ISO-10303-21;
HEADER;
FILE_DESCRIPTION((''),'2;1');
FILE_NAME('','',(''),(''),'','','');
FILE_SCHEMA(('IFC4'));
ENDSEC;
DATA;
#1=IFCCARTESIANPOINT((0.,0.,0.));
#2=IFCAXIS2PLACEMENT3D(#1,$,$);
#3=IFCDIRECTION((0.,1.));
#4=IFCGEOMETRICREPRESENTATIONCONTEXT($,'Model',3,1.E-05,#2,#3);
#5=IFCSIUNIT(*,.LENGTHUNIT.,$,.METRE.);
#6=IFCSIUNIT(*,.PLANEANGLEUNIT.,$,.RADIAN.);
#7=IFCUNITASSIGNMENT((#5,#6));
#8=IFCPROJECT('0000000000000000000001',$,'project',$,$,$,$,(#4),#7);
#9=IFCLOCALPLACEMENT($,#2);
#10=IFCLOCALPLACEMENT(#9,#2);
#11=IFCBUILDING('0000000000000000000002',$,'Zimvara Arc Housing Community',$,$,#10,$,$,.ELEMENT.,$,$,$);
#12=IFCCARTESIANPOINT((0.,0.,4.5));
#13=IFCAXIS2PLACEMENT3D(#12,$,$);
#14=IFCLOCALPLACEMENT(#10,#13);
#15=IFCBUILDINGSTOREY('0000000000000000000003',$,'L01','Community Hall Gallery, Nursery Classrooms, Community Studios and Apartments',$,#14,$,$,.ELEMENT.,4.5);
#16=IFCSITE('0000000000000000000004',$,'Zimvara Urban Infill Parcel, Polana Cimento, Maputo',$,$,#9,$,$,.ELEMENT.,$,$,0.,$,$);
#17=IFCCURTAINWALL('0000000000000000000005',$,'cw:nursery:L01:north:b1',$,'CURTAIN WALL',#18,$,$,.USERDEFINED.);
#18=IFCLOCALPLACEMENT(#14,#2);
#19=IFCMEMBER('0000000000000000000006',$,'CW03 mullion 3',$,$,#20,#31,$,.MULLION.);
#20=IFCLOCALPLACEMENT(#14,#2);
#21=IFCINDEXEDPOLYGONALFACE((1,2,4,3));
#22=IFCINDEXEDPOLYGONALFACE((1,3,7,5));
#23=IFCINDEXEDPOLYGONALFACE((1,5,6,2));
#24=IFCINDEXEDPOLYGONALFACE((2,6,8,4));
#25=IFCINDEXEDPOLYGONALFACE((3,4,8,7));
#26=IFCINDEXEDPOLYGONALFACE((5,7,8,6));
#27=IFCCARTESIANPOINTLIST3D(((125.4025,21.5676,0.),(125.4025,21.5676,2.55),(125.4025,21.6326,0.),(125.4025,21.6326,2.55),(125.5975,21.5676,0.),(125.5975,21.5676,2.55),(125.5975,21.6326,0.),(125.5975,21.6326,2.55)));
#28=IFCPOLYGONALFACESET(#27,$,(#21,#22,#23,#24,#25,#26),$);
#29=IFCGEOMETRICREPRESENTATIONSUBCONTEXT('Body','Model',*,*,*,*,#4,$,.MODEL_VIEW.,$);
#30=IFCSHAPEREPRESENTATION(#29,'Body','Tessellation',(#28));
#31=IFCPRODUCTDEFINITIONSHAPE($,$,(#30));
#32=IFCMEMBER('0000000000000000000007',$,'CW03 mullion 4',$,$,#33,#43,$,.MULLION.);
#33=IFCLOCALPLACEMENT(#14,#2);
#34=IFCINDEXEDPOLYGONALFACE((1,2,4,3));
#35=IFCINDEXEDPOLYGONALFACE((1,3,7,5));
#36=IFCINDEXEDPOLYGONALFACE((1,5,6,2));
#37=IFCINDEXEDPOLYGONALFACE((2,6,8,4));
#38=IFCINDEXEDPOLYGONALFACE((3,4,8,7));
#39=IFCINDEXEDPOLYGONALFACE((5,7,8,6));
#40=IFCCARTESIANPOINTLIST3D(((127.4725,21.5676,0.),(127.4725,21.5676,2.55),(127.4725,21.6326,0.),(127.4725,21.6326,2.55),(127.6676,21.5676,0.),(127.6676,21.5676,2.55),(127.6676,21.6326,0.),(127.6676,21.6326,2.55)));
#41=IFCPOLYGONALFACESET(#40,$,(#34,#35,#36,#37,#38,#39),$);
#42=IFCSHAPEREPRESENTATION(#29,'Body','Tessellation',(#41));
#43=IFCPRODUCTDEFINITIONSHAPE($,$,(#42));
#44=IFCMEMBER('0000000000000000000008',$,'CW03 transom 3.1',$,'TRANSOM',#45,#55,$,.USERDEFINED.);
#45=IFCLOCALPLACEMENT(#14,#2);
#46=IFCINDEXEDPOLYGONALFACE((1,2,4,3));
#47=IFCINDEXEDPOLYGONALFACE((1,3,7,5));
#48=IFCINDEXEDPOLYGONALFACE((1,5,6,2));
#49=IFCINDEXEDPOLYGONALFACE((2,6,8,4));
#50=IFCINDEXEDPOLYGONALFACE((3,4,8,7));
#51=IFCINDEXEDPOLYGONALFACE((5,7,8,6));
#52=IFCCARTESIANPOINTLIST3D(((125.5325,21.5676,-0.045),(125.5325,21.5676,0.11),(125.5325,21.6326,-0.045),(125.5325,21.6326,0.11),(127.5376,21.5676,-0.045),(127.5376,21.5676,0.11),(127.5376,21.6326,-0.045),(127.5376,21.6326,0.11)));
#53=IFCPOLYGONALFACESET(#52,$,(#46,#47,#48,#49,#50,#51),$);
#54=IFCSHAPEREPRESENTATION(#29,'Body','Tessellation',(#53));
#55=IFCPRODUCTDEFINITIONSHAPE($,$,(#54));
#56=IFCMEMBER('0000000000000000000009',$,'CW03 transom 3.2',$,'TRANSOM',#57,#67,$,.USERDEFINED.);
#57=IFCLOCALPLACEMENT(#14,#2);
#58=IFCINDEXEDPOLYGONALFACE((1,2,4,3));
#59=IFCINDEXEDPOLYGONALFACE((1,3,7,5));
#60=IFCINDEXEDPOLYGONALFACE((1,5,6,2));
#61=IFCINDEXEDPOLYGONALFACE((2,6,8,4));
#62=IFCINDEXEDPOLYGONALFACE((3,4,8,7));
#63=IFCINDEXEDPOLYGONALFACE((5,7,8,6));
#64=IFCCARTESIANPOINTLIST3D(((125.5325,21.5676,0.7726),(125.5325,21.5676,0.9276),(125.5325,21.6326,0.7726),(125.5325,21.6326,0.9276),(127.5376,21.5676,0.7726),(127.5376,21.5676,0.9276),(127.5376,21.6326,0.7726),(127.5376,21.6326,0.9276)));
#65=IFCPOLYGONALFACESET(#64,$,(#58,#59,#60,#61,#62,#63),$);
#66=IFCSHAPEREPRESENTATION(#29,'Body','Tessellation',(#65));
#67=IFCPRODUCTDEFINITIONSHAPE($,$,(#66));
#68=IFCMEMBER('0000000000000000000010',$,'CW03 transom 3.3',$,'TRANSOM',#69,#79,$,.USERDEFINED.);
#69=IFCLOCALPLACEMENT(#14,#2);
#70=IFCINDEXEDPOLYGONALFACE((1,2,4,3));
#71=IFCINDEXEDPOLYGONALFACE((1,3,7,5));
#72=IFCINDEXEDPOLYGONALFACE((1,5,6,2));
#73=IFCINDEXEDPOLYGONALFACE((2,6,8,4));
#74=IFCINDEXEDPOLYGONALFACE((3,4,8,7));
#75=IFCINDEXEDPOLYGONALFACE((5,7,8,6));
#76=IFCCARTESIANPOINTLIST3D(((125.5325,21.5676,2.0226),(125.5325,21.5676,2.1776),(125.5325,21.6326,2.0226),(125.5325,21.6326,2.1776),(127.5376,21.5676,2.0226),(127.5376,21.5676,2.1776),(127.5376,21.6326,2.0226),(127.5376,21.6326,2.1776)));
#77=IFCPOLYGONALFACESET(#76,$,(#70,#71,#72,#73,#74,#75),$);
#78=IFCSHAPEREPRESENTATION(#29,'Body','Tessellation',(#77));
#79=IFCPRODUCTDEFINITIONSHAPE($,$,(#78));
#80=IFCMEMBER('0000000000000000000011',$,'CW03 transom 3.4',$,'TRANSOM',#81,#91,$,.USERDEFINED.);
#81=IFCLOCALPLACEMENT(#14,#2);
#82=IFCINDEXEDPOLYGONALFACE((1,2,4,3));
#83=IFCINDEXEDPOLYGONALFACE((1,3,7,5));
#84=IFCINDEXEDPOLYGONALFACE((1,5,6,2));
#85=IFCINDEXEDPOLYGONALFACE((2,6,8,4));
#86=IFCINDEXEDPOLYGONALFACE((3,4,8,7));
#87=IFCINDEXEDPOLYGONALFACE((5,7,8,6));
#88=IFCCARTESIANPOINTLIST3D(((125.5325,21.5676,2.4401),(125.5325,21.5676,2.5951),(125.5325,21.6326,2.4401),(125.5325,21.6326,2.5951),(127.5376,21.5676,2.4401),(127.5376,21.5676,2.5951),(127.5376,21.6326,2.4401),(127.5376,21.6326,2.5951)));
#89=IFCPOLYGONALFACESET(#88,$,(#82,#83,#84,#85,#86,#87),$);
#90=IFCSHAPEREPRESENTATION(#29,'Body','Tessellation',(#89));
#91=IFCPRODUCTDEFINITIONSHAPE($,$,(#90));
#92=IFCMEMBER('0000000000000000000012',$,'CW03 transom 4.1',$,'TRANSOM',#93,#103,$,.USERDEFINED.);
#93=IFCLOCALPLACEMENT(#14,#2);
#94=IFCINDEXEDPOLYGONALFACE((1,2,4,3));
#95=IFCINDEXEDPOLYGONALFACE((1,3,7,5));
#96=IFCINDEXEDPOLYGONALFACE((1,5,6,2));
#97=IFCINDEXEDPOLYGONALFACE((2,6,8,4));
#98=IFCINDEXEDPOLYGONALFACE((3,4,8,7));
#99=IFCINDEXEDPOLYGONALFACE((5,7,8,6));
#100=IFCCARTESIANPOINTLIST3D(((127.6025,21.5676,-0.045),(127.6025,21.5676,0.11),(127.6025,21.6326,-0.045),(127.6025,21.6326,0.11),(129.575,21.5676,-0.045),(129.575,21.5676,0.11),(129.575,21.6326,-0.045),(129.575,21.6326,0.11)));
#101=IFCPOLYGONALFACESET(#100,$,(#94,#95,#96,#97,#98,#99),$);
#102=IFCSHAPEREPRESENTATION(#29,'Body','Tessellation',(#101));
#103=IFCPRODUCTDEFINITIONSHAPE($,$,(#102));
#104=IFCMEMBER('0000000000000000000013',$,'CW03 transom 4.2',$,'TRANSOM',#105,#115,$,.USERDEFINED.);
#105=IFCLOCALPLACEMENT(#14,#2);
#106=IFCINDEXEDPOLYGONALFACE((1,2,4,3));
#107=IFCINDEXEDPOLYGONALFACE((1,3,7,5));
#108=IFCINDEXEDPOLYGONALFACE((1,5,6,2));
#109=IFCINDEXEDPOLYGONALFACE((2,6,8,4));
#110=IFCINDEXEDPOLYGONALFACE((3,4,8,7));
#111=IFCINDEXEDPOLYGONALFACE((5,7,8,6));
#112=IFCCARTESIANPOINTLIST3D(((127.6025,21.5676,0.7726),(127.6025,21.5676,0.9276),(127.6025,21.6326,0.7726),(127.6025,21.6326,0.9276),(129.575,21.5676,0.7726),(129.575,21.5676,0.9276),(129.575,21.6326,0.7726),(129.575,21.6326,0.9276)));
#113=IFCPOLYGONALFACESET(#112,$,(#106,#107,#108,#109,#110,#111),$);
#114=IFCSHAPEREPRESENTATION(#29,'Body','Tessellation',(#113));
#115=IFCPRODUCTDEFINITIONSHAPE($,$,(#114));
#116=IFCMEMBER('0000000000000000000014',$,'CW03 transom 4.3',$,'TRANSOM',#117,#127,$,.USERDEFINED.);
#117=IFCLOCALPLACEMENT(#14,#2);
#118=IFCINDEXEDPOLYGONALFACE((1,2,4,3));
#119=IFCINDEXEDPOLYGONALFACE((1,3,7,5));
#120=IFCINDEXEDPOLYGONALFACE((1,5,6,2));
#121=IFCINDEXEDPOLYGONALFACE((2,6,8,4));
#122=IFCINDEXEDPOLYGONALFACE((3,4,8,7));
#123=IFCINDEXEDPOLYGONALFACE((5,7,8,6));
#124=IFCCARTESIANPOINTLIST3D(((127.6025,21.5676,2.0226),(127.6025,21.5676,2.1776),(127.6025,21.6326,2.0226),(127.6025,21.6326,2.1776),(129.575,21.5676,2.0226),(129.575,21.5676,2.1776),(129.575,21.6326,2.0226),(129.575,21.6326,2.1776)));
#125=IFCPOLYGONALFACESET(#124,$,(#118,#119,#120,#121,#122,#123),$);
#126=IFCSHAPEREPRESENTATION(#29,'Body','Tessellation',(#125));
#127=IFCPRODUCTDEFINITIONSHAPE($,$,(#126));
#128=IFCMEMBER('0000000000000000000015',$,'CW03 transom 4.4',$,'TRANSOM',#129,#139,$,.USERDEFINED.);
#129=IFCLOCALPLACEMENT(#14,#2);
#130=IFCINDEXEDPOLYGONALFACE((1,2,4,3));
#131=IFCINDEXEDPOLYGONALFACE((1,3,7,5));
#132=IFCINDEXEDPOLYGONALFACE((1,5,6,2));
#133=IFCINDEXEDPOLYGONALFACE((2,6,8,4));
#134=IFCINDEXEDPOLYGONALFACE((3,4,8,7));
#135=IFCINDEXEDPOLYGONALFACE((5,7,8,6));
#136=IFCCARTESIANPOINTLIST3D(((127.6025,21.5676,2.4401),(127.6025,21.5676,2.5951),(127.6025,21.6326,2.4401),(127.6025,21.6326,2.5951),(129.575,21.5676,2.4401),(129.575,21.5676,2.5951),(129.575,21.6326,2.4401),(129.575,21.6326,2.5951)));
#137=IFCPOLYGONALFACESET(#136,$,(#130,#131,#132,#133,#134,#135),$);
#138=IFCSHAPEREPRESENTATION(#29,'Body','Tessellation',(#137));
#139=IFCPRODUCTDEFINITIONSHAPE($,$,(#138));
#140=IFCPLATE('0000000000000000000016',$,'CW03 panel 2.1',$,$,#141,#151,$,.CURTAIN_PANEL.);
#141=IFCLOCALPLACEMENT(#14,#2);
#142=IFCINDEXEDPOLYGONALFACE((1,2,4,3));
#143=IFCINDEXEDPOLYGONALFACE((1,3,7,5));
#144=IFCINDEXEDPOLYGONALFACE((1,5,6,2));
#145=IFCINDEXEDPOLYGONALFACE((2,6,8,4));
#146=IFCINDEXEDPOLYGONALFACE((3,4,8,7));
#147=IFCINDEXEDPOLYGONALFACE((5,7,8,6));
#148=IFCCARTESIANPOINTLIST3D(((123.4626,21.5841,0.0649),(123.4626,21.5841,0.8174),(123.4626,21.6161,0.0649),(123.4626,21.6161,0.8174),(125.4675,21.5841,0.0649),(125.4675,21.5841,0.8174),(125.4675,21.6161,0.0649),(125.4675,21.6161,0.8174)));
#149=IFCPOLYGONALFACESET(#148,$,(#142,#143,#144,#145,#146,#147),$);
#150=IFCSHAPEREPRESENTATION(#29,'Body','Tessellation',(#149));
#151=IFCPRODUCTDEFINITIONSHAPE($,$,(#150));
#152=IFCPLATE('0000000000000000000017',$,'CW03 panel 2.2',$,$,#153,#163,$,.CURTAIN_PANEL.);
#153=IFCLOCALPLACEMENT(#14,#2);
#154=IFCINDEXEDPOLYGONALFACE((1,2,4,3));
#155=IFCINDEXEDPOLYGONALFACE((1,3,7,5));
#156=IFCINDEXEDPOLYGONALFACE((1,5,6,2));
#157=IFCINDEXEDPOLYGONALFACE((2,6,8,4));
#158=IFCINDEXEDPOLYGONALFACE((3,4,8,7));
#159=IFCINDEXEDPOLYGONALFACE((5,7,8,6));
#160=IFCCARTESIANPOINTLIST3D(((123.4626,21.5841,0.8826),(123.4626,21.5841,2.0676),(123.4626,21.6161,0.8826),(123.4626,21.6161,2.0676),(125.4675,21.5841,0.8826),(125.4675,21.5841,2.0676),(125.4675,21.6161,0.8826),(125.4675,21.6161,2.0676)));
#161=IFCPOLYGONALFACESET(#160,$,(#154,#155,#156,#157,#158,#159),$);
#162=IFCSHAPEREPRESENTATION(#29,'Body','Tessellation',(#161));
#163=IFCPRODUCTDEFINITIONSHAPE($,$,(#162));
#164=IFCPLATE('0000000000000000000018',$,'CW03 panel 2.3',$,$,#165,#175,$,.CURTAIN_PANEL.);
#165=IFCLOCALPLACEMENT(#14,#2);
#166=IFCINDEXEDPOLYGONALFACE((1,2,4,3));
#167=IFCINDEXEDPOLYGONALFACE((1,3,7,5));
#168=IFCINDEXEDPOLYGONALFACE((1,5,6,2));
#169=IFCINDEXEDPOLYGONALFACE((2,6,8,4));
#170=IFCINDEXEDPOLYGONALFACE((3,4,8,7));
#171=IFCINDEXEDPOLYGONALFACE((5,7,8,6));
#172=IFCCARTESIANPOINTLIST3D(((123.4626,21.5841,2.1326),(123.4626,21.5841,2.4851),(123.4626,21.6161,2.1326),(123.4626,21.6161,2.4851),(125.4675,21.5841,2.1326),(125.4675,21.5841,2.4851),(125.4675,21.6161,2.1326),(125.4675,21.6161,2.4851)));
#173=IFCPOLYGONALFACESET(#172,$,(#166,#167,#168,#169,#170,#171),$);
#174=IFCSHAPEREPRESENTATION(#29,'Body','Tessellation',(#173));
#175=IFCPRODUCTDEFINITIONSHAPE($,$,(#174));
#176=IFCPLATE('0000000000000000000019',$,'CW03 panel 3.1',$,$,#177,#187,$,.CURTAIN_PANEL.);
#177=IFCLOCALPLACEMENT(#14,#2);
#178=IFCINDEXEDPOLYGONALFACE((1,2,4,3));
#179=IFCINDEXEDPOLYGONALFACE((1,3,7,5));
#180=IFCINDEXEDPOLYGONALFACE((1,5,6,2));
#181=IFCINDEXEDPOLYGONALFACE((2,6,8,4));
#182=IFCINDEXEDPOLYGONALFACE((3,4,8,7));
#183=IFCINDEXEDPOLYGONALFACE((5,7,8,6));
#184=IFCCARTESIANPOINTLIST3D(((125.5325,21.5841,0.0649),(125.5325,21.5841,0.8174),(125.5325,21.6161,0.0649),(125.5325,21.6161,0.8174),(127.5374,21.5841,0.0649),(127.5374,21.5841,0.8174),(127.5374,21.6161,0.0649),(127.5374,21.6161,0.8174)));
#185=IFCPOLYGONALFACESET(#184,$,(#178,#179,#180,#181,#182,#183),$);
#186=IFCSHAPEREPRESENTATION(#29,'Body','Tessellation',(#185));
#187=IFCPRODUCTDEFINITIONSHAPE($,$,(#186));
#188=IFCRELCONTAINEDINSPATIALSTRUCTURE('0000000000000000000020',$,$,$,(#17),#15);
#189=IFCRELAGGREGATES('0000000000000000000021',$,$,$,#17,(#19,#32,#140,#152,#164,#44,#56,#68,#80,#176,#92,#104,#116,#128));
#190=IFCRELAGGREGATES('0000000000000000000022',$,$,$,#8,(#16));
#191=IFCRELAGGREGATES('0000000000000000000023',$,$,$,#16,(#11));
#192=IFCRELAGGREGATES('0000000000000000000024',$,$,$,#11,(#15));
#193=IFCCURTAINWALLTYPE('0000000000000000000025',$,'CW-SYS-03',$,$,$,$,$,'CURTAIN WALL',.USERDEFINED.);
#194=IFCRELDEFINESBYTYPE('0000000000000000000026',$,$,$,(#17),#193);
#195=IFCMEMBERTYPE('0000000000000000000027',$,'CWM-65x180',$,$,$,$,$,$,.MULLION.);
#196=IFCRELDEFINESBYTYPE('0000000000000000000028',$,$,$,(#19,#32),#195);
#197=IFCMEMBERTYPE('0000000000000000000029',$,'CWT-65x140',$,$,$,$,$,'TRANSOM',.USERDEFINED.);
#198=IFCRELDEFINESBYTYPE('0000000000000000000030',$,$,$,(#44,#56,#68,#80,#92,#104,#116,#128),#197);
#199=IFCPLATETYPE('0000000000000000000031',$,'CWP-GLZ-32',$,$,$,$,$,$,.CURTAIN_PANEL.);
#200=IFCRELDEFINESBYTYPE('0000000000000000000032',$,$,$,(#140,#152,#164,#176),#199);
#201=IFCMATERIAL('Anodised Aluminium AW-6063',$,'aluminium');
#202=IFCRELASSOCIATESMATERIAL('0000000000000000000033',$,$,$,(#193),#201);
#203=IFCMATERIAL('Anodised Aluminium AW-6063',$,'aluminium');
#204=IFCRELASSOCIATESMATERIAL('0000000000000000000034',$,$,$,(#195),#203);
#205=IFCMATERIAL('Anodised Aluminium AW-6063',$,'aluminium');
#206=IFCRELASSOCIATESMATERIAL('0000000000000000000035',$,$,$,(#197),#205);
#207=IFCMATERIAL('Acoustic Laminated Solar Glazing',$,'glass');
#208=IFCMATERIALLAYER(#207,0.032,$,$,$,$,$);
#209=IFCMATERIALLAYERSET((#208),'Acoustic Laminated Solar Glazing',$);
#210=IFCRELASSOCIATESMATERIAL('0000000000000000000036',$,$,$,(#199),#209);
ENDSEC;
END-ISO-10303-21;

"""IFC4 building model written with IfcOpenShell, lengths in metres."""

from ifc_helpers import new_model, si_unit, direction, frame, origin, origin_2d, place, context, subcontext, project, spatial, rectangle, extrude, material, layer, layer_set, material_profile, profile_set, type_object, element, aggregate, save


model = new_model("IFC4")

# Units and contexts
model_context = context("Model", 3, precision=1e-05, world=origin(), true_north=direction((0.0, 1.0)))
body_context = subcontext(model_context, "Body", "Model", "MODEL_VIEW")
ifc_project = project(units=[si_unit("LENGTHUNIT", "METRE"), si_unit("PLANEANGLEUNIT", "RADIAN")], contexts=[model_context])

# Site, building, storey
site_placement = place(None, origin())
site = spatial("IfcSite", under=ifc_project, at=site_placement, Name="Zimvara Urban Infill Parcel, Polana Cimento, Maputo", CompositionType="ELEMENT", RefElevation=0.0)
building_placement = place(site_placement, origin())
building = spatial("IfcBuilding", under=site, at=building_placement, Name="Zimvara Arc Housing Community", CompositionType="ELEMENT")
storey_placement = place(building_placement, frame((0.0, 0.0, 4.5)))
storey = spatial("IfcBuildingStorey", under=building, at=storey_placement, Name="L01", Description="Community Hall Gallery, Nursery Classrooms, Community Studios and Apartments", CompositionType="ELEMENT", Elevation=4.5)

# Curtain wall, members, plates
ifc_material_1 = material(Name="Anodised Aluminium AW-6063", Category="aluminium")
curtain_wall_type = type_object("IfcCurtainWallType", Name="CW-SYS-03", ElementType="CURTAIN WALL", PredefinedType="USERDEFINED", material=ifc_material_1)
curtain_wall_placement = place(storey_placement, origin())
curtain_wall = element("IfcCurtainWall", 1, at=curtain_wall_placement, inside=storey, type_object=curtain_wall_type, Name="cw:nursery:L01:north:b1", ObjectType="CURTAIN WALL", PredefinedType="USERDEFINED")
ifc_material_2 = material(Name="Anodised Aluminium AW-6063", Category="aluminium")
ifc_material_profile_1 = material_profile(ifc_material_2, rectangle(XDim=0.0649, YDim=0.1951, at=origin_2d()), Name="ALU 65x195")
ifc_profile_set_1 = profile_set([ifc_material_profile_1], Name="Anodised Aluminium AW-6063")
member_type_1 = type_object("IfcMemberType", Name="CWM-65x180", PredefinedType="MULLION", material=ifc_profile_set_1)
member_1_placement = place(storey_placement, frame((125.5, 21.6001, 0.0), z_axis=(0.0, 0.0, 1.0), x_axis=(0.0, 1.0, 0.0)))
member_1 = element("IfcMember", 2, at=member_1_placement, type_object=member_type_1, Name="CW03 mullion 3", PredefinedType="MULLION", context=body_context, shape_type="SweptSolid", body=[
    extrude(rectangle(XDim=0.0649, YDim=0.1951, at=origin_2d()), origin(), (0.0, 0.0, 1.0), 2.55),
])
member_2_placement = place(storey_placement, frame((127.5701, 21.6001, 0.0), z_axis=(0.0, 0.0, 1.0), x_axis=(0.0, 1.0, 0.0)))
member_2 = element("IfcMember", 3, at=member_2_placement, type_object=member_type_1, Name="CW03 mullion 4", PredefinedType="MULLION", context=body_context, shape_type="SweptSolid", body=[
    extrude(rectangle(XDim=0.0649, YDim=0.1951, at=origin_2d()), origin(), (0.0, 0.0, 1.0), 2.55),
])
ifc_material_3 = material(Name="Anodised Aluminium AW-6063", Category="aluminium")
ifc_material_profile_2 = material_profile(ifc_material_3, rectangle(XDim=0.0649, YDim=0.155, at=origin_2d()), Name="ALU 65x155")
ifc_profile_set_2 = profile_set([ifc_material_profile_2], Name="Anodised Aluminium AW-6063")
member_type_2 = type_object("IfcMemberType", Name="CWT-65x140", ElementType="TRANSOM", PredefinedType="USERDEFINED", material=ifc_profile_set_2)
member_3_placement = place(storey_placement, frame((125.5325, 21.6001, 0.0325), z_axis=(1.0, 0.0, 0.0), x_axis=(0.0, 1.0, 0.0)))
member_3 = element("IfcMember", 4, at=member_3_placement, type_object=member_type_2, Name="CW03 transom 3.1", ObjectType="TRANSOM", PredefinedType="USERDEFINED", context=body_context, shape_type="SweptSolid", body=[
    extrude(rectangle(XDim=0.0649, YDim=0.155, at=origin_2d()), origin(), (0.0, 0.0, 1.0), 2.0051),
])
member_4_placement = place(storey_placement, frame((125.5325, 21.6001, 0.8501), z_axis=(1.0, 0.0, 0.0), x_axis=(0.0, 1.0, 0.0)))
member_4 = element("IfcMember", 5, at=member_4_placement, type_object=member_type_2, Name="CW03 transom 3.2", ObjectType="TRANSOM", PredefinedType="USERDEFINED", context=body_context, shape_type="SweptSolid", body=[
    extrude(rectangle(XDim=0.0649, YDim=0.155, at=origin_2d()), origin(), (0.0, 0.0, 1.0), 2.0051),
])
member_5_placement = place(storey_placement, frame((125.5325, 21.6001, 2.1001), z_axis=(1.0, 0.0, 0.0), x_axis=(0.0, 1.0, 0.0)))
member_5 = element("IfcMember", 6, at=member_5_placement, type_object=member_type_2, Name="CW03 transom 3.3", ObjectType="TRANSOM", PredefinedType="USERDEFINED", context=body_context, shape_type="SweptSolid", body=[
    extrude(rectangle(XDim=0.0649, YDim=0.155, at=origin_2d()), origin(), (0.0, 0.0, 1.0), 2.0051),
])
member_6_placement = place(storey_placement, frame((125.5325, 21.6001, 2.5176), z_axis=(1.0, 0.0, 0.0), x_axis=(0.0, 1.0, 0.0)))
member_6 = element("IfcMember", 7, at=member_6_placement, type_object=member_type_2, Name="CW03 transom 3.4", ObjectType="TRANSOM", PredefinedType="USERDEFINED", context=body_context, shape_type="SweptSolid", body=[
    extrude(rectangle(XDim=0.0649, YDim=0.155, at=origin_2d()), origin(), (0.0, 0.0, 1.0), 2.0051),
])
member_7_placement = place(storey_placement, frame((127.6025, 21.6001, 0.0325), z_axis=(1.0, 0.0, 0.0), x_axis=(0.0, 1.0, 0.0)))
member_7 = element("IfcMember", 8, at=member_7_placement, type_object=member_type_2, Name="CW03 transom 4.1", ObjectType="TRANSOM", PredefinedType="USERDEFINED", context=body_context, shape_type="SweptSolid", body=[
    extrude(rectangle(XDim=0.0649, YDim=0.155, at=origin_2d()), origin(), (0.0, 0.0, 1.0), 1.9724),
])
member_8_placement = place(storey_placement, frame((127.6025, 21.6001, 0.8501), z_axis=(1.0, 0.0, 0.0), x_axis=(0.0, 1.0, 0.0)))
member_8 = element("IfcMember", 9, at=member_8_placement, type_object=member_type_2, Name="CW03 transom 4.2", ObjectType="TRANSOM", PredefinedType="USERDEFINED", context=body_context, shape_type="SweptSolid", body=[
    extrude(rectangle(XDim=0.0649, YDim=0.155, at=origin_2d()), origin(), (0.0, 0.0, 1.0), 1.9724),
])
member_9_placement = place(storey_placement, frame((127.6025, 21.6001, 2.1001), z_axis=(1.0, 0.0, 0.0), x_axis=(0.0, 1.0, 0.0)))
member_9 = element("IfcMember", 10, at=member_9_placement, type_object=member_type_2, Name="CW03 transom 4.3", ObjectType="TRANSOM", PredefinedType="USERDEFINED", context=body_context, shape_type="SweptSolid", body=[
    extrude(rectangle(XDim=0.0649, YDim=0.155, at=origin_2d()), origin(), (0.0, 0.0, 1.0), 1.9724),
])
member_10_placement = place(storey_placement, frame((127.6025, 21.6001, 2.5176), z_axis=(1.0, 0.0, 0.0), x_axis=(0.0, 1.0, 0.0)))
member_10 = element("IfcMember", 11, at=member_10_placement, type_object=member_type_2, Name="CW03 transom 4.4", ObjectType="TRANSOM", PredefinedType="USERDEFINED", context=body_context, shape_type="SweptSolid", body=[
    extrude(rectangle(XDim=0.0649, YDim=0.155, at=origin_2d()), origin(), (0.0, 0.0, 1.0), 1.9724),
])
ifc_material_4 = material(Name="Acoustic Laminated Solar Glazing", Category="glass")
ifc_layer_1 = layer(ifc_material_4, 0.032)
ifc_layer_set_1 = layer_set([ifc_layer_1], Name="Acoustic Laminated Solar Glazing")
plate_type = type_object("IfcPlateType", Name="CWP-GLZ-32", PredefinedType="CURTAIN_PANEL", material=ifc_layer_set_1)
plate_1_placement = place(storey_placement, frame((124.4651, 21.6001, 0.0649), z_axis=(0.0, 0.0, 1.0), x_axis=(1.0, 0.0, 0.0)))
plate_1 = element("IfcPlate", 12, at=plate_1_placement, type_object=plate_type, Name="CW03 panel 2.1", PredefinedType="CURTAIN_PANEL", context=body_context, shape_type="SweptSolid", body=[
    extrude(rectangle(XDim=2.0049, YDim=0.032, at=origin_2d()), origin(), (0.0, 0.0, 1.0), 0.7524),
])
plate_2_placement = place(storey_placement, frame((124.4651, 21.6001, 0.8826), z_axis=(0.0, 0.0, 1.0), x_axis=(1.0, 0.0, 0.0)))
plate_2 = element("IfcPlate", 13, at=plate_2_placement, type_object=plate_type, Name="CW03 panel 2.2", PredefinedType="CURTAIN_PANEL", context=body_context, shape_type="SweptSolid", body=[
    extrude(rectangle(XDim=2.0049, YDim=0.032, at=origin_2d()), origin(), (0.0, 0.0, 1.0), 1.1851),
])
plate_3_placement = place(storey_placement, frame((124.4651, 21.6001, 2.1326), z_axis=(0.0, 0.0, 1.0), x_axis=(1.0, 0.0, 0.0)))
plate_3 = element("IfcPlate", 14, at=plate_3_placement, type_object=plate_type, Name="CW03 panel 2.3", PredefinedType="CURTAIN_PANEL", context=body_context, shape_type="SweptSolid", body=[
    extrude(rectangle(XDim=2.0049, YDim=0.032, at=origin_2d()), origin(), (0.0, 0.0, 1.0), 0.3525),
])
plate_4_placement = place(storey_placement, frame((126.5349, 21.6001, 0.0649), z_axis=(0.0, 0.0, 1.0), x_axis=(1.0, 0.0, 0.0)))
plate_4 = element("IfcPlate", 15, at=plate_4_placement, type_object=plate_type, Name="CW03 panel 3.1", PredefinedType="CURTAIN_PANEL", context=body_context, shape_type="SweptSolid", body=[
    extrude(rectangle(XDim=2.0049, YDim=0.032, at=origin_2d()), origin(), (0.0, 0.0, 1.0), 0.7524),
])
aggregate(curtain_wall, [member_1, member_2, plate_1, plate_2, plate_3, member_3, member_4, member_5, member_6, plate_4, member_7, member_8, member_9, member_10])

save(model, "model.ifc")
